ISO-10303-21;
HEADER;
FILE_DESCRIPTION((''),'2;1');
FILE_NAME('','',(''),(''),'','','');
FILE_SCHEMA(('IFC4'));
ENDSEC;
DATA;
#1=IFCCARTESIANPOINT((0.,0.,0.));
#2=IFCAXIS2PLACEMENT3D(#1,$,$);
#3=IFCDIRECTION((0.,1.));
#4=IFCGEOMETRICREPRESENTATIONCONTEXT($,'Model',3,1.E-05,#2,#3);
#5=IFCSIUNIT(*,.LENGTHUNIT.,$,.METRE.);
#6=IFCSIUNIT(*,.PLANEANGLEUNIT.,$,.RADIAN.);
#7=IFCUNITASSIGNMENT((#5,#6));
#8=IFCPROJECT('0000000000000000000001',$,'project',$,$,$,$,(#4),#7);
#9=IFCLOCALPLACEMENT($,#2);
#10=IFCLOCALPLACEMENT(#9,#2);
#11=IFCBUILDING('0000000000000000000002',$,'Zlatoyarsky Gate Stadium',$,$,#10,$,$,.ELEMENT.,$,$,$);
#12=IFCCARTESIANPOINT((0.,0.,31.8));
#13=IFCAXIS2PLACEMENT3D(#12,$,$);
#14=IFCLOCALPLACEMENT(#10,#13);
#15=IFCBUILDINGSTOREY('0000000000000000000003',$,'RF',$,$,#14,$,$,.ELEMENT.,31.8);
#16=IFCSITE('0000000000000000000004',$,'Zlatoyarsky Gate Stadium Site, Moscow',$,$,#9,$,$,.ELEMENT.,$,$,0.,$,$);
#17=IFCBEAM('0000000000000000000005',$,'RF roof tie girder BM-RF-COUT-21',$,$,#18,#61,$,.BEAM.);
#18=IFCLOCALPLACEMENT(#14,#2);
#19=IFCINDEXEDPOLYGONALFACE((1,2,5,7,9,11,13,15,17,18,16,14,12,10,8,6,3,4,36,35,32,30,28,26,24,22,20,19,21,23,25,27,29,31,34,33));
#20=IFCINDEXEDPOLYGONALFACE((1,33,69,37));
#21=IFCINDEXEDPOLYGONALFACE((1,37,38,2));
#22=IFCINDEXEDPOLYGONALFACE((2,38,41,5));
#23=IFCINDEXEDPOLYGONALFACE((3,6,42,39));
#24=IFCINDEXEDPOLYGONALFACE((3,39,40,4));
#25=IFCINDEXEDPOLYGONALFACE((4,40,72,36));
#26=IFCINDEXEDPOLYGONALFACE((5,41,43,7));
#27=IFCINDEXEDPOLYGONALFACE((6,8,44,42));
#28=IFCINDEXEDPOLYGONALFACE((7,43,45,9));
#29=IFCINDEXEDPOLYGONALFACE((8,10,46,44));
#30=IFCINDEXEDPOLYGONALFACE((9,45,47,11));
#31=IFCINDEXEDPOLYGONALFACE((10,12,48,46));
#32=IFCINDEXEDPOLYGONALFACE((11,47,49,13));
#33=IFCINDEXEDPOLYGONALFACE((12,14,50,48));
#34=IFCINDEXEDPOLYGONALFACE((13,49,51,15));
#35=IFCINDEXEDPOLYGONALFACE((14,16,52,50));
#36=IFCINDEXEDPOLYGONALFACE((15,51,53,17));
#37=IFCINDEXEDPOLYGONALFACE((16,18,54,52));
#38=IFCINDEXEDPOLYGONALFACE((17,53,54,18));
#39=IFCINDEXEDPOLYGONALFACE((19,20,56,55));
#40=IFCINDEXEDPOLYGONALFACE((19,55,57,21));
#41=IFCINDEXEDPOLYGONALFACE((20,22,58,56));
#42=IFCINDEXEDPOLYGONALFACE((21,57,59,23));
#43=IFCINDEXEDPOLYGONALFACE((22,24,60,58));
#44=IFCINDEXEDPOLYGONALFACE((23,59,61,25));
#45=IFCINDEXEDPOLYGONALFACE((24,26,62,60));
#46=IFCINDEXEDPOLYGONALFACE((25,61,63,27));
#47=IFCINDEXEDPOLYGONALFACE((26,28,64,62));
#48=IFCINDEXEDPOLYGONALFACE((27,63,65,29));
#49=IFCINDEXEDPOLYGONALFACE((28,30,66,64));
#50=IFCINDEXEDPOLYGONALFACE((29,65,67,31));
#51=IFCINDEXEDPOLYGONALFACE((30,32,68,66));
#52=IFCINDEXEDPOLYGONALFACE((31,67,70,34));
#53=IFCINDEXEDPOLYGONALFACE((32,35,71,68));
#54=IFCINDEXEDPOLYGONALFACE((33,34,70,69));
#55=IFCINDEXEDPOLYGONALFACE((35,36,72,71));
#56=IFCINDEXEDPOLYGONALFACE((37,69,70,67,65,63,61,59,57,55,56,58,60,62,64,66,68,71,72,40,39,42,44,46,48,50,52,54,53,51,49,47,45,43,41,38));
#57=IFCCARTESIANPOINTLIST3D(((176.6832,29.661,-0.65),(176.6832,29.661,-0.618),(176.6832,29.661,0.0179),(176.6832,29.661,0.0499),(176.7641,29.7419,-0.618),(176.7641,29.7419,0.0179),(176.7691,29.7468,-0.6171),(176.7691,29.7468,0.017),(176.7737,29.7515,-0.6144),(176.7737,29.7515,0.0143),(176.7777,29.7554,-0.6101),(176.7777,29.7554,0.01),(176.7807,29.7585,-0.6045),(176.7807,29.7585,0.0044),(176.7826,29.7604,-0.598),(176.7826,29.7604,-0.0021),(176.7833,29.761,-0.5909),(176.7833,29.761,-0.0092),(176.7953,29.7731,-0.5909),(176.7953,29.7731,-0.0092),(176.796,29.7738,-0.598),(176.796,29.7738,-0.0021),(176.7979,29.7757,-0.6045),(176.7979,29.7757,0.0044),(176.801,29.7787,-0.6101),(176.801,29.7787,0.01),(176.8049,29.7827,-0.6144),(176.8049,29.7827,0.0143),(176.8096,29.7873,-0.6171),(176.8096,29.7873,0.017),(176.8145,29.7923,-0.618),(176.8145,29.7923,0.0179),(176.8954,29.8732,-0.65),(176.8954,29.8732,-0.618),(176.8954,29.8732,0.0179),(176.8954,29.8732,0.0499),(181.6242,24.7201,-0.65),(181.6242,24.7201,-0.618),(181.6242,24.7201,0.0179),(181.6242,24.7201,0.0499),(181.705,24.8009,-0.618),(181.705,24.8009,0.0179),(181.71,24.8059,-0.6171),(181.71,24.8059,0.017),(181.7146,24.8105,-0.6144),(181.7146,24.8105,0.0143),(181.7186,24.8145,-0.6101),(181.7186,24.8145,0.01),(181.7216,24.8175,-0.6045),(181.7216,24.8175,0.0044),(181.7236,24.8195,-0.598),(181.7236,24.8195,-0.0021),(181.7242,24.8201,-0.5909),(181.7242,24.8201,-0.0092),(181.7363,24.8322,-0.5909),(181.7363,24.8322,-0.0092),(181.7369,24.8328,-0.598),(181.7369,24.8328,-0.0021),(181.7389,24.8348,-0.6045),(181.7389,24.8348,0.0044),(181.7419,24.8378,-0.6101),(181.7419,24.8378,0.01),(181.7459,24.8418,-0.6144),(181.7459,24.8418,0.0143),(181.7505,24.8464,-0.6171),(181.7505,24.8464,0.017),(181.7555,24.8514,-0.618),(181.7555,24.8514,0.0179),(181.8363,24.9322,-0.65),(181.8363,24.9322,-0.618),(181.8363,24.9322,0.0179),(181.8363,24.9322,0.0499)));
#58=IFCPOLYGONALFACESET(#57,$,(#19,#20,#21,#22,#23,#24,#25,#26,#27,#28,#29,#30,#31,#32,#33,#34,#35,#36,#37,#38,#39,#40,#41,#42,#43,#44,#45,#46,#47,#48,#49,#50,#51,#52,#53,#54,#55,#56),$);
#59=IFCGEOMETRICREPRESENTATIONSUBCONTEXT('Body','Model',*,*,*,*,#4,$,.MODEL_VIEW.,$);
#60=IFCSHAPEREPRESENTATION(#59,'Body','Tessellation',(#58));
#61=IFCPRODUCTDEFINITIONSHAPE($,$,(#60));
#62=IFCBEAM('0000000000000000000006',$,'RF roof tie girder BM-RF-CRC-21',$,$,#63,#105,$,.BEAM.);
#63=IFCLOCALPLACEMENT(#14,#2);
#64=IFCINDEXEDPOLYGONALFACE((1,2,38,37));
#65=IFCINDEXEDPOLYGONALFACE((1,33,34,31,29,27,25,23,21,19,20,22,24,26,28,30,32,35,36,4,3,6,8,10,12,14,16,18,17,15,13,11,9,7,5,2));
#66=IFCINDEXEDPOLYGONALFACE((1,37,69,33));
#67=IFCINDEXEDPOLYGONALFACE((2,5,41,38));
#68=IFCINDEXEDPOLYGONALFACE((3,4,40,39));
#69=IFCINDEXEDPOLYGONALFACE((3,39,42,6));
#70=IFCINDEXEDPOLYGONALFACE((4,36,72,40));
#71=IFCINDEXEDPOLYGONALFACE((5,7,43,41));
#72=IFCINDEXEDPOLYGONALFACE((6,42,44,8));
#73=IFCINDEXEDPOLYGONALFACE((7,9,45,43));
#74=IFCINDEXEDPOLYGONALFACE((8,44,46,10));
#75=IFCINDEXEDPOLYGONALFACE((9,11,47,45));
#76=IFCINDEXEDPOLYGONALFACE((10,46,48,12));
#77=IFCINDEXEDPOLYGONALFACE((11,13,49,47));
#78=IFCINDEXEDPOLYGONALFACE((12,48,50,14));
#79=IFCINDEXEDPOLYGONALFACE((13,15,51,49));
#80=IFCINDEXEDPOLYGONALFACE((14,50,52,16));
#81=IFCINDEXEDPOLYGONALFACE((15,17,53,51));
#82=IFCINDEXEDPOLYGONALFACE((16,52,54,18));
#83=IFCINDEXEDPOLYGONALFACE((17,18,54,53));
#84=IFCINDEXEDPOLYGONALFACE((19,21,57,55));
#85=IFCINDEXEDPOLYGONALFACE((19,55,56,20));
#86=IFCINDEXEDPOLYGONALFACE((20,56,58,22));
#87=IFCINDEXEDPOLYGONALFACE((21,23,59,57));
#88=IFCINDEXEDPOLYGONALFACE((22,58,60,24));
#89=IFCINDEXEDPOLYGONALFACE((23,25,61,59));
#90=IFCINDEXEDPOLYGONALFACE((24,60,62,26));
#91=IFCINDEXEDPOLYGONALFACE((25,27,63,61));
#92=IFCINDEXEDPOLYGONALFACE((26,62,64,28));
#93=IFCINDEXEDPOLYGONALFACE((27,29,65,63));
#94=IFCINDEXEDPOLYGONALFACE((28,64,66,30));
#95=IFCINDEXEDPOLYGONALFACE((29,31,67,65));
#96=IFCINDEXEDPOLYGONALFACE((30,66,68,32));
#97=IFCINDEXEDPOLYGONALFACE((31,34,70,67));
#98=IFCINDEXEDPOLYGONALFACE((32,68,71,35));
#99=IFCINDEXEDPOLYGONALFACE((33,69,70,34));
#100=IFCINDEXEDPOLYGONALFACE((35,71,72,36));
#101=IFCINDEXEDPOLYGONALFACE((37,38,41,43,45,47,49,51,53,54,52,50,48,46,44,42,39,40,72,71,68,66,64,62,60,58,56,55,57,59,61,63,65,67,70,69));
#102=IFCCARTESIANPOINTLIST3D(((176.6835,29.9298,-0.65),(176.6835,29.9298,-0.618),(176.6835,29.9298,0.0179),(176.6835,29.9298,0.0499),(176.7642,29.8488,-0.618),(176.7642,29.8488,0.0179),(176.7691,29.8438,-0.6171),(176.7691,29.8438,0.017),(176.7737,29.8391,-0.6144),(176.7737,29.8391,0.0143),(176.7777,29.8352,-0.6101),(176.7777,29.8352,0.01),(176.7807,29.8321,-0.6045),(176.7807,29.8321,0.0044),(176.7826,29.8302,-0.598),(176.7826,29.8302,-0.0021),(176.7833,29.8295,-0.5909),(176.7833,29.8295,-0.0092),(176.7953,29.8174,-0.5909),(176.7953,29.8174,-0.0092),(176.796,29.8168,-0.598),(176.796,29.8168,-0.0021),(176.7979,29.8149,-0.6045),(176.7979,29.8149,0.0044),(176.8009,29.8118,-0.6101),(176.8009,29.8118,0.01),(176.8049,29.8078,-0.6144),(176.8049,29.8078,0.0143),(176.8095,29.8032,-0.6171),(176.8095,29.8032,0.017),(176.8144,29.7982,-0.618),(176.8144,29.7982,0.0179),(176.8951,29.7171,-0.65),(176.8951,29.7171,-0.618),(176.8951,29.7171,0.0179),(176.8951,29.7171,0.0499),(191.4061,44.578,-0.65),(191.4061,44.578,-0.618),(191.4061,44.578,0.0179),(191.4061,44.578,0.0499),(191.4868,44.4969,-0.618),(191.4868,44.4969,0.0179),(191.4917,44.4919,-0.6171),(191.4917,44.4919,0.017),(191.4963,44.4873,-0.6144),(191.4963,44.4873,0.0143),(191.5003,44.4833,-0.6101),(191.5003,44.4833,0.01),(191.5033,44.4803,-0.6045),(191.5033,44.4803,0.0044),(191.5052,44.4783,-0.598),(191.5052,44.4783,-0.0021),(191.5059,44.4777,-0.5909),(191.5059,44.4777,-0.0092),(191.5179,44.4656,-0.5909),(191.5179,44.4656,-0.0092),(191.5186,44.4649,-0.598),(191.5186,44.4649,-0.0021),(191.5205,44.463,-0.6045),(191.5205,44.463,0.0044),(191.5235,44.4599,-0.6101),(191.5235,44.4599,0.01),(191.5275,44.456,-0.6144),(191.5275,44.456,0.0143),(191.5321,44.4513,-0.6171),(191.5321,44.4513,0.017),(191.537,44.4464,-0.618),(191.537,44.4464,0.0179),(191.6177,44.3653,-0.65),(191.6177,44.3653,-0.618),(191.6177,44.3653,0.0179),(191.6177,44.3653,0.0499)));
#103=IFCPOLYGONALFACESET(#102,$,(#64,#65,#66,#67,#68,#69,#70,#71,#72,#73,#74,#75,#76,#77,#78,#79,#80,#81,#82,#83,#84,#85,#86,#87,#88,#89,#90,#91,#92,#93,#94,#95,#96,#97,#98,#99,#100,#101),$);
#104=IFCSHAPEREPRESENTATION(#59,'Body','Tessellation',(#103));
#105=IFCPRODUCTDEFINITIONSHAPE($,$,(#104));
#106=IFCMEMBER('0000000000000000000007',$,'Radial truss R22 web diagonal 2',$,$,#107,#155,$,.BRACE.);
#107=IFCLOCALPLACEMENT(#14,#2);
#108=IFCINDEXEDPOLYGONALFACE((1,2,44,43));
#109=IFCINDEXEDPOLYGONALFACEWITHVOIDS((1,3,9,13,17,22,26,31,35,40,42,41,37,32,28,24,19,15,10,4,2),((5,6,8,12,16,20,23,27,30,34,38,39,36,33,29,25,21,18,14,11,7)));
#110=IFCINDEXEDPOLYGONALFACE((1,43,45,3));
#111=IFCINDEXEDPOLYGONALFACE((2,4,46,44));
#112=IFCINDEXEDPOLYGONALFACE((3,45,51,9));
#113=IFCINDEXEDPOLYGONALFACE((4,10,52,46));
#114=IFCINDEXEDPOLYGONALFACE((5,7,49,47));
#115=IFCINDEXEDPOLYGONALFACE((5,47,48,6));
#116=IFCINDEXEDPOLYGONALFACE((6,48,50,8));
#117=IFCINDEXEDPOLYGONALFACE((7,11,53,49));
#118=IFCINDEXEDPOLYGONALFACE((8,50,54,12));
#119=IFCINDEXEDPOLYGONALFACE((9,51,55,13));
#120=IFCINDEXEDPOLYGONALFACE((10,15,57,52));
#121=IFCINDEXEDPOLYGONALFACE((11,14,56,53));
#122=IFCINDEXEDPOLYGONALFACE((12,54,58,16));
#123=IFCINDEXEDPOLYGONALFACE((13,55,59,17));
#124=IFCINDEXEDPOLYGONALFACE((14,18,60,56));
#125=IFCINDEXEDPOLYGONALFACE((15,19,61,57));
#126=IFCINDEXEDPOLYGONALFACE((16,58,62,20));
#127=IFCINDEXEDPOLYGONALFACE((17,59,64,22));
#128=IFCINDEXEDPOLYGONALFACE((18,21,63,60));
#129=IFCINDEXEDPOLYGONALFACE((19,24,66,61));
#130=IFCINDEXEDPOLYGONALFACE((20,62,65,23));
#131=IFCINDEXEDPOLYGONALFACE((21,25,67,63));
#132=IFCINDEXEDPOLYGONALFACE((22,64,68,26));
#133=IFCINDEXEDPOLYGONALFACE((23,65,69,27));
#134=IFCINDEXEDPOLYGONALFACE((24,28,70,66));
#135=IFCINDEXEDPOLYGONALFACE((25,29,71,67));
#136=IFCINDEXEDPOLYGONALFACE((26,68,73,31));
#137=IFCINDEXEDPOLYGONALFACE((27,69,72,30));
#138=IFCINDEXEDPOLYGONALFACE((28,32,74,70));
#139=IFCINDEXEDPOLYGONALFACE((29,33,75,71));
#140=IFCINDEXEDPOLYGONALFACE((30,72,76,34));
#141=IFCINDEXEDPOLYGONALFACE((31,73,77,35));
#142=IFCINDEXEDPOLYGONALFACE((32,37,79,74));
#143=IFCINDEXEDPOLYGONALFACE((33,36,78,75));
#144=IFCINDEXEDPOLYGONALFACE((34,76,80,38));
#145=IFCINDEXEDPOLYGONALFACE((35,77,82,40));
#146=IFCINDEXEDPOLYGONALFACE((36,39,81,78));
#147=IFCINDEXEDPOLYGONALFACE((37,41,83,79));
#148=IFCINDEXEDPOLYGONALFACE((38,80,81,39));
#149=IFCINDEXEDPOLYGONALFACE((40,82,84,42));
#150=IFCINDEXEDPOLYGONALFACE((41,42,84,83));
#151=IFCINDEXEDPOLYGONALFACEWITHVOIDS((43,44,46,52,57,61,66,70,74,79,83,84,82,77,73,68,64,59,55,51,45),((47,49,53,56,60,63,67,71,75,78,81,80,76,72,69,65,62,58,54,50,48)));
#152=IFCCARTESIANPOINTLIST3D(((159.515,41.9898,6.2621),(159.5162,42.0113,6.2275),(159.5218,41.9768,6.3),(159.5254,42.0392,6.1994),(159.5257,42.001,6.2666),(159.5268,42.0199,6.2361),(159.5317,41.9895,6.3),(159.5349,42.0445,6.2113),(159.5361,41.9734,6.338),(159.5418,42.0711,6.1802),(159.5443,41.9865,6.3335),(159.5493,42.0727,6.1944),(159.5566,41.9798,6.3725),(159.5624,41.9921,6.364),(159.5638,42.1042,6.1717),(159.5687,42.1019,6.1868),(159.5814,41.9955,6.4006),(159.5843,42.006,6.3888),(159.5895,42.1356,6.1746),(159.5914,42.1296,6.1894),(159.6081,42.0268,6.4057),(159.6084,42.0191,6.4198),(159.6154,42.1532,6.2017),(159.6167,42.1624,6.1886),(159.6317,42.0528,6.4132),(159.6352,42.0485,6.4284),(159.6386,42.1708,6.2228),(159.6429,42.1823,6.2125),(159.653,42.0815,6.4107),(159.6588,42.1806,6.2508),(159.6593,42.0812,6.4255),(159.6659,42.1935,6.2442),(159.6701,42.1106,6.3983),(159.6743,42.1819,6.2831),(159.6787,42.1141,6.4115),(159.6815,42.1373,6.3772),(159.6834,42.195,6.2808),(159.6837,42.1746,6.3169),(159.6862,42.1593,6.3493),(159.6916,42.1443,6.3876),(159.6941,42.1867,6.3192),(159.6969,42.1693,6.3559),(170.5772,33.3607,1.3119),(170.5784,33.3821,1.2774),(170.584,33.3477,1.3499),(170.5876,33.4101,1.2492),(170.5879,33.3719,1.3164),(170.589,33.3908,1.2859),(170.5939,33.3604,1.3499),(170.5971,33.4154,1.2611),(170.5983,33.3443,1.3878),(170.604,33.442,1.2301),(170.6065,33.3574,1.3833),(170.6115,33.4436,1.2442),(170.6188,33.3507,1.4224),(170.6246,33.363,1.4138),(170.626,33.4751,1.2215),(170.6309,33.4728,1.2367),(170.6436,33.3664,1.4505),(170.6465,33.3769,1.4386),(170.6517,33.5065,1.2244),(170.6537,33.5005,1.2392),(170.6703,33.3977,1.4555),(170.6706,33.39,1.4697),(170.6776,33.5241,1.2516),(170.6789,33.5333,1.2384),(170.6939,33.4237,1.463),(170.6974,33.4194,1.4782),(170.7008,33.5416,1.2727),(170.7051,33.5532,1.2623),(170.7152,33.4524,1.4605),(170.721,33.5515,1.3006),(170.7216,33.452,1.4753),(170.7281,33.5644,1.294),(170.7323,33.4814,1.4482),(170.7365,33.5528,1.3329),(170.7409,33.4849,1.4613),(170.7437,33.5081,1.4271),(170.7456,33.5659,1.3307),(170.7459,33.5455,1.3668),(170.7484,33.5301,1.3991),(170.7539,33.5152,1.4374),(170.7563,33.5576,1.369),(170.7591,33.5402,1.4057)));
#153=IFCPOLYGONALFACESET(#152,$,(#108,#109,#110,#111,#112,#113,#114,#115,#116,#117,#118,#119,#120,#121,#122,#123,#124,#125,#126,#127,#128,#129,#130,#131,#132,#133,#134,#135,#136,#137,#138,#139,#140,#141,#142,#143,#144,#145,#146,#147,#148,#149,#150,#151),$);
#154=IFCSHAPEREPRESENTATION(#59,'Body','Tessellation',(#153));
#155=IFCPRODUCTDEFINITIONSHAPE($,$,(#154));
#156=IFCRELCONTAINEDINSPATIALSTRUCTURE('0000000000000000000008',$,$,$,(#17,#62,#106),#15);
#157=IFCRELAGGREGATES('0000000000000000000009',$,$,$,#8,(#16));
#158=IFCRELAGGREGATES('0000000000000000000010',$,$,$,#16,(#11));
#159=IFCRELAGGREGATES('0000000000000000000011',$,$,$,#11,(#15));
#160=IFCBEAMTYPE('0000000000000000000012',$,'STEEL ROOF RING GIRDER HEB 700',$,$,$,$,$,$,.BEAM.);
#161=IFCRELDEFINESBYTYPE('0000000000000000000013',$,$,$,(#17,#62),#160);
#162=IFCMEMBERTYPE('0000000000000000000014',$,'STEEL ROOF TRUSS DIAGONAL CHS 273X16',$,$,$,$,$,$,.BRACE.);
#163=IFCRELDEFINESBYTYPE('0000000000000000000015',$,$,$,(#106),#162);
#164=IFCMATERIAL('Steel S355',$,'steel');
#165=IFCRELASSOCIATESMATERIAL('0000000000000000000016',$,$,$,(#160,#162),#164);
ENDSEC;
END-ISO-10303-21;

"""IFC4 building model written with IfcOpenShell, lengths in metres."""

from ifc_helpers import new_model, si_unit, direction, frame, origin, origin_2d, place, context, subcontext, project, spatial, hollow_circle, i_section, extrude, material, material_profile, profile_set, type_object, element, save


model = new_model("IFC4")

# Units and contexts
model_context = context("Model", 3, precision=1e-05, world=origin(), true_north=direction((0.0, 1.0)))
body_context = subcontext(model_context, "Body", "Model", "MODEL_VIEW")
ifc_project = project(units=[si_unit("LENGTHUNIT", "METRE"), si_unit("PLANEANGLEUNIT", "RADIAN")], contexts=[model_context])

# Site, building, storey
site_placement = place(None, origin())
site = spatial("IfcSite", under=ifc_project, at=site_placement, Name="Zlatoyarsky Gate Stadium Site, Moscow", CompositionType="ELEMENT", RefElevation=0.0)
building_placement = place(site_placement, origin())
building = spatial("IfcBuilding", under=site, at=building_placement, Name="Zlatoyarsky Gate Stadium", CompositionType="ELEMENT")
storey_placement = place(building_placement, frame((0.0, 0.0, 31.8)))
storey = spatial("IfcBuildingStorey", under=building, at=storey_placement, Name="RF", CompositionType="ELEMENT", Elevation=31.8)

# Shared definitions
ifc_material_1 = material(Name="Steel S355", Category="steel")

# Beams
ifc_material_profile_1 = material_profile(ifc_material_1, i_section(OverallWidth=0.3, OverallDepth=0.7, WebThickness=0.0171, FlangeThickness=0.032, FilletRadius=0.0271, at=origin_2d()), Name="HEB 700")
ifc_profile_set_1 = profile_set([ifc_material_profile_1], Name="Steel S355")
beam_type_1 = type_object("IfcBeamType", Name="STEEL ROOF RING GIRDER HEB 700", PredefinedType="BEAM", material=ifc_profile_set_1)
beam_1_placement = place(storey_placement, frame((176.7893, 29.7671, -0.3), z_axis=(0.707107, -0.707107, 0.0), x_axis=(0.707107, 0.707107, 0.0)))
element("IfcBeam", 1, at=beam_1_placement, inside=storey, type_object=beam_type_1, Name="RF roof tie girder BM-RF-COUT-21", PredefinedType="BEAM", context=body_context, shape_type="SweptSolid", body=[
    extrude(i_section(OverallWidth=0.3, OverallDepth=0.7, WebThickness=0.0171, FlangeThickness=0.032, FilletRadius=0.0271, at=origin_2d()), origin(), (0.0, 0.0, 1.0), 6.9875),
])
beam_2_placement = place(storey_placement, frame((176.7893, 29.8235, -0.3), z_axis=(0.708897, 0.705312, 0.0), x_axis=(-0.705312, 0.708897, 0.0)))
element("IfcBeam", 2, at=beam_2_placement, inside=storey, type_object=beam_type_1, Name="RF roof tie girder BM-RF-CRC-21", PredefinedType="BEAM", context=body_context, shape_type="SweptSolid", body=[
    extrude(i_section(OverallWidth=0.3, OverallDepth=0.7, WebThickness=0.0171, FlangeThickness=0.032, FilletRadius=0.0271, at=origin_2d()), origin(), (0.0, 0.0, 1.0), 20.7683),
])

# Member
ifc_material_profile_2 = material_profile(ifc_material_1, hollow_circle(Radius=0.1365, WallThickness=0.0161, at=origin_2d()), Name="CHS 273X16")
ifc_profile_set_2 = profile_set([ifc_material_profile_2], Name="Steel S355")
member_type_1 = type_object("IfcMemberType", Name="STEEL ROOF TRUSS DIAGONAL CHS 273X16", PredefinedType="BRACE", material=ifc_profile_set_2)
member_1_placement = place(storey_placement, frame((170.668, 33.4553, 1.3499), z_axis=(-0.743556, 0.580013, 0.33273), x_axis=(-0.615058, -0.788482, 0.0)))
element("IfcMember", 3, at=member_1_placement, inside=storey, type_object=member_type_1, Name="Radial truss R22 web diagonal 2", PredefinedType="BRACE", context=body_context, shape_type="SweptSolid", body=[
    extrude(hollow_circle(Radius=0.1365, WallThickness=0.0161, at=origin_2d()), origin(), (0.0, 0.0, 1.0), 14.8774),
])

save(model, "model.ifc")
